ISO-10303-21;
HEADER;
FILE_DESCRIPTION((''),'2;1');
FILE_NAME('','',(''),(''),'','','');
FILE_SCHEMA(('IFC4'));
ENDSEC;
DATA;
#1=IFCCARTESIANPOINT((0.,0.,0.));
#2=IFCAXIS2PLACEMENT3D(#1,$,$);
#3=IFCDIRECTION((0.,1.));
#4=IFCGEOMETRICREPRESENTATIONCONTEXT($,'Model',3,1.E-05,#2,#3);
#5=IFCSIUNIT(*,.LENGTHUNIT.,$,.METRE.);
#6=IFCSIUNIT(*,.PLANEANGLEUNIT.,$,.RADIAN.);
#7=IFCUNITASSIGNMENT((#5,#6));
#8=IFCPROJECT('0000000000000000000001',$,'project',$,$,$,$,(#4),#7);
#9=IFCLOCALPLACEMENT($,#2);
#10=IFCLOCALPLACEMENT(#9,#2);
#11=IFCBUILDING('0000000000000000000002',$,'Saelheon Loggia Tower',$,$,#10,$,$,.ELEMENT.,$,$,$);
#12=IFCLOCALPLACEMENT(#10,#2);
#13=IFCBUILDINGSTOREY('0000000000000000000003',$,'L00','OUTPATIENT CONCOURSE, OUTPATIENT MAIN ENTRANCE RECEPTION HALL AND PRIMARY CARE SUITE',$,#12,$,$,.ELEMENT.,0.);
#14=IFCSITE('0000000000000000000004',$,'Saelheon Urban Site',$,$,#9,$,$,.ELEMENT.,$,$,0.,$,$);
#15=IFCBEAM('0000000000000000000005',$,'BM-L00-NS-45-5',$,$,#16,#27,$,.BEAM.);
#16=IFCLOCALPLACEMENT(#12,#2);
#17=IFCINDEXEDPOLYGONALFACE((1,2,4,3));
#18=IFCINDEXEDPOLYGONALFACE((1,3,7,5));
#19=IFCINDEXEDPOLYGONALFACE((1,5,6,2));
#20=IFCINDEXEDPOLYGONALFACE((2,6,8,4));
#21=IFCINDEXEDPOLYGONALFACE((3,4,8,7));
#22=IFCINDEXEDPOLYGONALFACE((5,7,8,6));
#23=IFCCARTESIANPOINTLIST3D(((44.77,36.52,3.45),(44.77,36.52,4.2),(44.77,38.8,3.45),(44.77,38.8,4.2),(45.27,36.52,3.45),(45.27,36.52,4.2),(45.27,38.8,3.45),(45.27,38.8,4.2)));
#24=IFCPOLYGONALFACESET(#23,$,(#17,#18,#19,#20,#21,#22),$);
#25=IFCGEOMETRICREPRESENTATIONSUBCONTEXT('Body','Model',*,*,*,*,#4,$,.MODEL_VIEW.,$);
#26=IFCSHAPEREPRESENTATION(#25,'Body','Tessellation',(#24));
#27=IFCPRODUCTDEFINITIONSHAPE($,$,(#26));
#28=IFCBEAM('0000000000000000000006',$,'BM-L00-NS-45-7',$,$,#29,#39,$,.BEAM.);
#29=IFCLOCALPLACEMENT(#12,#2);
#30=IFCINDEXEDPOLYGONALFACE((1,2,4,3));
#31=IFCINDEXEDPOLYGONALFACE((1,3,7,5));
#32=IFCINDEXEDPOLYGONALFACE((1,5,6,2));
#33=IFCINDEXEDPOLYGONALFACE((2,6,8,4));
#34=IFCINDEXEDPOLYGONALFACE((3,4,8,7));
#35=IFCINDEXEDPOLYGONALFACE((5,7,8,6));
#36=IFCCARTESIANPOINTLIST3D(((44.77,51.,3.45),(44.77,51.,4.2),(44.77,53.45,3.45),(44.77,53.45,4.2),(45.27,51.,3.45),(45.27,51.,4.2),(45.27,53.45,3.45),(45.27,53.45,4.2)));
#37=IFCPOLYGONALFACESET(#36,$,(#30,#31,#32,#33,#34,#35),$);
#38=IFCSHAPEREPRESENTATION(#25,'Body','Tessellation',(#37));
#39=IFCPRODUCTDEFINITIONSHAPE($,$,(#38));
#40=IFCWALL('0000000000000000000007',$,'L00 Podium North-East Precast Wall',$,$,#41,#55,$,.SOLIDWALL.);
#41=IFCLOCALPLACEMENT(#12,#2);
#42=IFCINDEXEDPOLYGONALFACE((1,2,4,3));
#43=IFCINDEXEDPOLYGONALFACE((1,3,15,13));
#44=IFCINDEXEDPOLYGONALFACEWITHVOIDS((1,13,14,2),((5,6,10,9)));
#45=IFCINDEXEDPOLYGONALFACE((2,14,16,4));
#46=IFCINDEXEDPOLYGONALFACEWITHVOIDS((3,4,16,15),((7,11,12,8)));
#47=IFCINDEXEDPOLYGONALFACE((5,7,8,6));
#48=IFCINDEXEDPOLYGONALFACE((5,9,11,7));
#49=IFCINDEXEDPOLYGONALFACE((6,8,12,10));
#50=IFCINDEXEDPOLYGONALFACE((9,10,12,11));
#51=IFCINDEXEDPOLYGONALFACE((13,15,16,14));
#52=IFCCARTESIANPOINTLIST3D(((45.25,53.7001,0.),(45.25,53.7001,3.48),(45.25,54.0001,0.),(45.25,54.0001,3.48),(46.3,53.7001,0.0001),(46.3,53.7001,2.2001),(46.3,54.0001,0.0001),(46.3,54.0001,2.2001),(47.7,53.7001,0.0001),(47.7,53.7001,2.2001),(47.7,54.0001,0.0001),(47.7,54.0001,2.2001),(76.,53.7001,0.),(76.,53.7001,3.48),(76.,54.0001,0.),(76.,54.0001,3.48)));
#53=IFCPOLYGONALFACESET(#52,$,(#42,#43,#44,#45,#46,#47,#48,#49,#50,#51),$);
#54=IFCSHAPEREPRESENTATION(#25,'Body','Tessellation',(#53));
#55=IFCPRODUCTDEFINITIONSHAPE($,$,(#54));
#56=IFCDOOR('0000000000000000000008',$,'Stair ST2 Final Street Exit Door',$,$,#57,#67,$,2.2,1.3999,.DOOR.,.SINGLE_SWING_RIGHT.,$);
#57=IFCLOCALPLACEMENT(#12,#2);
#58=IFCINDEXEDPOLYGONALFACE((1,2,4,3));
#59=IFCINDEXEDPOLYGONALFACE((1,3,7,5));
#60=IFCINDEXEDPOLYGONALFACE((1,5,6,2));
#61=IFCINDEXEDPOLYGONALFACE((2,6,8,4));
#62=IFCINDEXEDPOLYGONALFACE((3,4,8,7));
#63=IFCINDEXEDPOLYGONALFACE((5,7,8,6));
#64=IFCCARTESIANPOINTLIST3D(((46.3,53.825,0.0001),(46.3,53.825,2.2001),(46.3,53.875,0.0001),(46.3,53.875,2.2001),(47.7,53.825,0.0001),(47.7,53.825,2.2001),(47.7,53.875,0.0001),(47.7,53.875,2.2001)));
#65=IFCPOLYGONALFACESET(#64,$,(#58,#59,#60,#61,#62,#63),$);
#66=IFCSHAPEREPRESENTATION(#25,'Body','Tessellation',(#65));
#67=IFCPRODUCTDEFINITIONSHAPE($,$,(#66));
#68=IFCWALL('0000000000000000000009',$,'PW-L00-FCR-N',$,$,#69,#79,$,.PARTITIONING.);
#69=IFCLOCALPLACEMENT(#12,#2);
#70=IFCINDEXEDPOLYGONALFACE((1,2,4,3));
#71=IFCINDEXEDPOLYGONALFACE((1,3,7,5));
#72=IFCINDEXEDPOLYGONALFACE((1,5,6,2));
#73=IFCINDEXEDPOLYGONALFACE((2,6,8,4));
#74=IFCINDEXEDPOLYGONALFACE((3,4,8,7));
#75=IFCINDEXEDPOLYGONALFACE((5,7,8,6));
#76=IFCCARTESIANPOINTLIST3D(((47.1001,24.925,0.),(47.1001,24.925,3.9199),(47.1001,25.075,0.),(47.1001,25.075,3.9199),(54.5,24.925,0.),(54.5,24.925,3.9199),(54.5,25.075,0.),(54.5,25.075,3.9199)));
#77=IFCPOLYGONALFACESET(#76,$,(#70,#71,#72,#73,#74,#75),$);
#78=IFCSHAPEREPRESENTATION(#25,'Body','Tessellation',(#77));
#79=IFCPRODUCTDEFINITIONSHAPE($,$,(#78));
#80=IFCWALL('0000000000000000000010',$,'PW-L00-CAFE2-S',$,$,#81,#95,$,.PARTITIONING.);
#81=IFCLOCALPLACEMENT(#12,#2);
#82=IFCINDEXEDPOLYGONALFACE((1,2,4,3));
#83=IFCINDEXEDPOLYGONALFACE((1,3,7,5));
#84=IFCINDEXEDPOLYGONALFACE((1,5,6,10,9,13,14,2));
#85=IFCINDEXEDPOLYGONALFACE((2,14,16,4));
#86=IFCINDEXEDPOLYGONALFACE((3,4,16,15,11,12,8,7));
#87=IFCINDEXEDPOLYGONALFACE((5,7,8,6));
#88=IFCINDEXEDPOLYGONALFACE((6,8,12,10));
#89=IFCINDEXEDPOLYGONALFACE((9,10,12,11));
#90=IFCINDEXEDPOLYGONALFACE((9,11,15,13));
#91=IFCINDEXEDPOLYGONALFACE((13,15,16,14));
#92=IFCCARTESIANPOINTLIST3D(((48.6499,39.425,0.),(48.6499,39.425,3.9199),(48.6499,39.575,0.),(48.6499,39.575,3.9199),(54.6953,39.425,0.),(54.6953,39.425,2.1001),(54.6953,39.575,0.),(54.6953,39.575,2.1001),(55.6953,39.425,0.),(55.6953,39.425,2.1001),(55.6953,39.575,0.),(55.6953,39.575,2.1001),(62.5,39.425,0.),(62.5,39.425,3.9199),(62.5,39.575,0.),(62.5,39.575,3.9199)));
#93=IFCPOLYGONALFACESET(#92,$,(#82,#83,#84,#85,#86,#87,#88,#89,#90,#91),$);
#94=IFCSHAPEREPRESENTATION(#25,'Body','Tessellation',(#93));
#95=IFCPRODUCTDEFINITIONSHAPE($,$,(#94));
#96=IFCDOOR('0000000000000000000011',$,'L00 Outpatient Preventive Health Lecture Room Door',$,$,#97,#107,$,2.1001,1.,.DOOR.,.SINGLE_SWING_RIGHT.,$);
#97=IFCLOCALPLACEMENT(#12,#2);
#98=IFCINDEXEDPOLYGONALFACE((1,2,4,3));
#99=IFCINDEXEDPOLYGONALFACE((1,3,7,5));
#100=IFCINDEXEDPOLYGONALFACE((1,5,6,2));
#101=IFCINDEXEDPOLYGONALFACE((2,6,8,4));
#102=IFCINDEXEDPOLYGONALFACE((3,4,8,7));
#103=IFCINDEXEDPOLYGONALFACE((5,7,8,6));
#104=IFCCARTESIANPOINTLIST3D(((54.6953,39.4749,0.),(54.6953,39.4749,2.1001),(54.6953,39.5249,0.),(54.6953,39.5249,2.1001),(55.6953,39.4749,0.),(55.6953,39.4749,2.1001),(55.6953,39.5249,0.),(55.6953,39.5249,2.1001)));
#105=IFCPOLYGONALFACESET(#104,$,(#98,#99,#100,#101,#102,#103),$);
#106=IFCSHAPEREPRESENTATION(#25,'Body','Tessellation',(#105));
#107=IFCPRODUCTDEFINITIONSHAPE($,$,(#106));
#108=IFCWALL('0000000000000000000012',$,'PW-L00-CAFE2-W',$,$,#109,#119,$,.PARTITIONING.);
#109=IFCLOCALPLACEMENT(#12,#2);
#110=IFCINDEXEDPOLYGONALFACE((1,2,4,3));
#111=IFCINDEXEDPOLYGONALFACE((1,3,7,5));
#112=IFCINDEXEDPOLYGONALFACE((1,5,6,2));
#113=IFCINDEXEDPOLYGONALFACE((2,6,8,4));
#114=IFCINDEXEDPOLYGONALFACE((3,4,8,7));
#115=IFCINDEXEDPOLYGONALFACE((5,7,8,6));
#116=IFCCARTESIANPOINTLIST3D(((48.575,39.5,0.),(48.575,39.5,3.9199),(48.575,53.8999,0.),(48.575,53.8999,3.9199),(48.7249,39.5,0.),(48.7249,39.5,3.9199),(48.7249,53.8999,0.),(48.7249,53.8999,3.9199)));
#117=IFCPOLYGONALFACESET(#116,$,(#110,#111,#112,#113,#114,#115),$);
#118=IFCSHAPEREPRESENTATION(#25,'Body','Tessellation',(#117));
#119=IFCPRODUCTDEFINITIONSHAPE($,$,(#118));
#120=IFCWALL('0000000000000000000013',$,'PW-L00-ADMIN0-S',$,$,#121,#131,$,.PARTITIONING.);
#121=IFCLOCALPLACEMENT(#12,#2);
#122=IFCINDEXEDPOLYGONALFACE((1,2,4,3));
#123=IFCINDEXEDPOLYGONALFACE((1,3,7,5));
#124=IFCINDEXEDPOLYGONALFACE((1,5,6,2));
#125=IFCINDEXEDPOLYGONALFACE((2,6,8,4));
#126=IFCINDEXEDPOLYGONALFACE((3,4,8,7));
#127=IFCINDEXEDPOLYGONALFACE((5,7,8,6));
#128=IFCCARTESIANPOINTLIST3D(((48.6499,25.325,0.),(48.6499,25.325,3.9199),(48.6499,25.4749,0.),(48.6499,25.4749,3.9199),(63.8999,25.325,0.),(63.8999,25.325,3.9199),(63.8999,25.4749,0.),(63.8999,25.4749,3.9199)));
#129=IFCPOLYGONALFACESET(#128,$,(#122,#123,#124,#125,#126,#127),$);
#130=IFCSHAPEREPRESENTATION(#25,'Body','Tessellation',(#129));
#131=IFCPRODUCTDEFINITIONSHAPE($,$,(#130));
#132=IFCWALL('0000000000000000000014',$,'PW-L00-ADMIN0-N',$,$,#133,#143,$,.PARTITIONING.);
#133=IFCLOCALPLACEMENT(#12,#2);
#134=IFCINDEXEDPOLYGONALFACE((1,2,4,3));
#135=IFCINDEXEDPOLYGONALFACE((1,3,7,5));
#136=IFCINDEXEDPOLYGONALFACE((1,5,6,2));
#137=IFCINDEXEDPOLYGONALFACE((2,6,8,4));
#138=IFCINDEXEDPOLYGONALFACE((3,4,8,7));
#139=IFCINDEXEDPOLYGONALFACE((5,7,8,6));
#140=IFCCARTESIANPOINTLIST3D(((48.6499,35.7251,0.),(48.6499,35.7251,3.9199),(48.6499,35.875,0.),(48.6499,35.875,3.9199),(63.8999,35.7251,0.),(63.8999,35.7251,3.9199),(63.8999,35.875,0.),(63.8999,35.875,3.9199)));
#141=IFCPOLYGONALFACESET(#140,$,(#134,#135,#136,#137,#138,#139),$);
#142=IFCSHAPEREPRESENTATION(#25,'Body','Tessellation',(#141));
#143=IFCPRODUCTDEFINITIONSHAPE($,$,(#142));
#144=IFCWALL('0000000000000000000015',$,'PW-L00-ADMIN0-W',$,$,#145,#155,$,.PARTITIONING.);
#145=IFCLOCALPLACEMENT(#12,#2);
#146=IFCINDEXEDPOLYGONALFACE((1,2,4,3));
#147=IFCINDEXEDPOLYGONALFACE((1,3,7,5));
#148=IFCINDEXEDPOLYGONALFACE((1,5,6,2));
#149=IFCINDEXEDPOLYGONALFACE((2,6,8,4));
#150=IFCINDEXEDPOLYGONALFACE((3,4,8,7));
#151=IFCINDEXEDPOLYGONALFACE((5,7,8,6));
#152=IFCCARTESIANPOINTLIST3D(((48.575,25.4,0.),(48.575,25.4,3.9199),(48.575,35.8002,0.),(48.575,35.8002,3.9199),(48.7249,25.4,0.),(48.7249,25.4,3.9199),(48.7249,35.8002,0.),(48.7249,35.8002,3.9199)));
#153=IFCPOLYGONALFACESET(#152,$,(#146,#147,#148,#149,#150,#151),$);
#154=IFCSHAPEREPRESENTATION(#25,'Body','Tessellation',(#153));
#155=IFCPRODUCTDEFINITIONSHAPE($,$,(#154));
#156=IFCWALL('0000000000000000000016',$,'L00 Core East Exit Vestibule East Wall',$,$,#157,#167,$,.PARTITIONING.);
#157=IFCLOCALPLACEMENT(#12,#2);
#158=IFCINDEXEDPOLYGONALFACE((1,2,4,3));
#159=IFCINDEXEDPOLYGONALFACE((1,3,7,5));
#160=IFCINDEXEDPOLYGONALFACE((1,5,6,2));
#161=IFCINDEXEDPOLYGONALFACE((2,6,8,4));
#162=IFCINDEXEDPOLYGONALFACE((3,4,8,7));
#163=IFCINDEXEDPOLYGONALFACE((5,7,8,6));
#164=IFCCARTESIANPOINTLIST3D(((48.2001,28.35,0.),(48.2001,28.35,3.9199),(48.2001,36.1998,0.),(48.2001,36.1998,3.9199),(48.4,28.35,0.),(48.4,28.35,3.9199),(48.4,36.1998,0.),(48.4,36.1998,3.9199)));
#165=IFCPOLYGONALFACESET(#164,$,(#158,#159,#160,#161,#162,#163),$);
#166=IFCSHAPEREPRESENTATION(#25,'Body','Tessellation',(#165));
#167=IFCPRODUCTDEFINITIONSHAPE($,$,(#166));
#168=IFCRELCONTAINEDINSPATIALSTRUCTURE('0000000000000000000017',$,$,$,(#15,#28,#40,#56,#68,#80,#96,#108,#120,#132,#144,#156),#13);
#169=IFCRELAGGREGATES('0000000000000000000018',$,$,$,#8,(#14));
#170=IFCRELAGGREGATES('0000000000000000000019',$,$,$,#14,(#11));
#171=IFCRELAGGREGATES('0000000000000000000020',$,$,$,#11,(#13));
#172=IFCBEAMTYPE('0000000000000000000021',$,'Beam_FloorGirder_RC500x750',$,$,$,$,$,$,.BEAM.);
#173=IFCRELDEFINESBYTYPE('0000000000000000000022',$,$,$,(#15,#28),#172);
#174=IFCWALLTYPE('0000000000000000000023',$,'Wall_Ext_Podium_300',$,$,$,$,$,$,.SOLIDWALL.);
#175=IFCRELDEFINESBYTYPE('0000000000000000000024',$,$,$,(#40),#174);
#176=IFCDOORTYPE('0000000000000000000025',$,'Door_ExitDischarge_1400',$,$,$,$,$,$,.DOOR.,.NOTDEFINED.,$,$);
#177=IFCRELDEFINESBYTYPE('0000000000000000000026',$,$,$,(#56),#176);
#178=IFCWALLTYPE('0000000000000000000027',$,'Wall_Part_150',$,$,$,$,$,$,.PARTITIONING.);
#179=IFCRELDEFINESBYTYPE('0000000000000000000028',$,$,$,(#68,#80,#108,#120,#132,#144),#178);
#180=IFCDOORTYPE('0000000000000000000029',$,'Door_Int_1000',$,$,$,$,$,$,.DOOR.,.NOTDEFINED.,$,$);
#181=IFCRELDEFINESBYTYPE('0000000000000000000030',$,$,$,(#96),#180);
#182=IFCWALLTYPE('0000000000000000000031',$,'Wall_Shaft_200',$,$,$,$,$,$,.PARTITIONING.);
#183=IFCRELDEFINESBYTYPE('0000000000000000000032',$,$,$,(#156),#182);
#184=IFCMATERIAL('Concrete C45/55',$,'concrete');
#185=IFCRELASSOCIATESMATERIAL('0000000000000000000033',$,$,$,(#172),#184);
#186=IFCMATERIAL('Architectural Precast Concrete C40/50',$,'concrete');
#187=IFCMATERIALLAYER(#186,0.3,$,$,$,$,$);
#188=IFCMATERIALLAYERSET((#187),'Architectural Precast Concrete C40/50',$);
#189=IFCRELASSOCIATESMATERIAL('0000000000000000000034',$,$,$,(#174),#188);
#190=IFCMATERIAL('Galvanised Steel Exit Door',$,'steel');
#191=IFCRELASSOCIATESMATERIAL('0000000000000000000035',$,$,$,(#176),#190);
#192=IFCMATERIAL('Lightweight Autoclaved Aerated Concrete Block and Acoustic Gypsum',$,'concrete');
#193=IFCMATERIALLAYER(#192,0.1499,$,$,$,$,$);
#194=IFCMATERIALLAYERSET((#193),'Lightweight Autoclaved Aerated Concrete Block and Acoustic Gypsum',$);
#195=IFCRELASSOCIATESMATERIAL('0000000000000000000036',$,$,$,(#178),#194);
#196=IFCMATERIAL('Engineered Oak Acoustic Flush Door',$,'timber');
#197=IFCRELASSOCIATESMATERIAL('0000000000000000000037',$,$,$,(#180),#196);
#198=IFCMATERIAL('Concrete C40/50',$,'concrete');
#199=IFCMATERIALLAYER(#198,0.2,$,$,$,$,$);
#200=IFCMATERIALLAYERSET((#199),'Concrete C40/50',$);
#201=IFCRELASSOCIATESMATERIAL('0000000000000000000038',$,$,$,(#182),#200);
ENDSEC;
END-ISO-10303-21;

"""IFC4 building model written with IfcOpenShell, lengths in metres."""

from ifc_helpers import new_model, si_unit, direction, frame, frame_2d, origin, origin_2d, place, context, subcontext, project, spatial, rectangle, extrude, source, transform, mapped, material, layer, layer_set, material_profile, profile_set, type_object, element, fill, save


model = new_model("IFC4")

# Units and contexts
model_context = context("Model", 3, precision=1e-05, world=origin(), true_north=direction((0.0, 1.0)))
body_context = subcontext(model_context, "Body", "Model", "MODEL_VIEW")
ifc_project = project(units=[si_unit("LENGTHUNIT", "METRE"), si_unit("PLANEANGLEUNIT", "RADIAN")], contexts=[model_context])

# Site, building, storey
site_placement = place(None, origin())
site = spatial("IfcSite", under=ifc_project, at=site_placement, Name="Saelheon Urban Site", CompositionType="ELEMENT", RefElevation=0.0)
building_placement = place(site_placement, origin())
building = spatial("IfcBuilding", under=site, at=building_placement, Name="Saelheon Loggia Tower", CompositionType="ELEMENT")
storey_placement = place(building_placement, origin())
storey = spatial("IfcBuildingStorey", under=building, at=storey_placement, Name="L00", Description="OUTPATIENT CONCOURSE, OUTPATIENT MAIN ENTRANCE RECEPTION HALL AND PRIMARY CARE SUITE", CompositionType="ELEMENT", Elevation=0.0)

# Beams
ifc_material_1 = material(Name="Concrete C45/55", Category="concrete")
ifc_material_profile_1 = material_profile(ifc_material_1, rectangle(XDim=0.5, YDim=0.75, at=origin_2d()), Name="RC-500x750")
ifc_profile_set_1 = profile_set([ifc_material_profile_1], Name="Concrete C45/55")
beam_type_1 = type_object("IfcBeamType", Name="Beam_FloorGirder_RC500x750", PredefinedType="BEAM", material=ifc_profile_set_1)
shared_shape_1 = source(origin(), body_context, "Body", "SweptSolid", [
    extrude(rectangle(XDim=0.5, YDim=0.75, at=origin_2d()), origin(), (0.0, 0.0, 1.0), 2.28),
])
beam_1_placement = place(storey_placement, frame((45.02, 36.52, 3.825), z_axis=(0.0, 1.0, 0.0), x_axis=(-1.0, 0.0, 0.0)))
element("IfcBeam", 1, at=beam_1_placement, inside=storey, type_object=beam_type_1, Name="BM-L00-NS-45-5", PredefinedType="BEAM", context=body_context, shape_type="MappedRepresentation", body=[
    mapped(shared_shape_1, transform((0.0, 0.0, 0.0), scale=1.0)),
])
shared_shape_2 = source(origin(), body_context, "Body", "SweptSolid", [
    extrude(rectangle(XDim=0.5, YDim=0.75, at=origin_2d()), origin(), (0.0, 0.0, 1.0), 2.45),
])
beam_2_placement = place(storey_placement, frame((45.02, 51.0, 3.825), z_axis=(0.0, 1.0, 0.0), x_axis=(-1.0, 0.0, 0.0)))
element("IfcBeam", 2, at=beam_2_placement, inside=storey, type_object=beam_type_1, Name="BM-L00-NS-45-7", PredefinedType="BEAM", context=body_context, shape_type="MappedRepresentation", body=[
    mapped(shared_shape_2, transform((0.0, 0.0, 0.0), scale=1.0)),
])

# Wall, opening, door
ifc_material_2 = material(Name="Architectural Precast Concrete C40/50", Category="concrete")
ifc_layer_1 = layer(ifc_material_2, 0.3)
ifc_layer_set_1 = layer_set([ifc_layer_1], Name="Architectural Precast Concrete C40/50")
wall_type_1 = type_object("IfcWallType", Name="Wall_Ext_Podium_300", PredefinedType="SOLIDWALL", material=ifc_layer_set_1)
wall_1_placement = place(storey_placement, frame((45.25, 53.8501, 0.0), z_axis=(0.0, 0.0, 1.0), x_axis=(1.0, 0.0, 0.0)))
wall_1 = element("IfcWall", 3, at=wall_1_placement, inside=storey, type_object=wall_type_1, Name="L00 Podium North-East Precast Wall", PredefinedType="SOLIDWALL", context=body_context, shape_type="SweptSolid", body=[
    extrude(rectangle(XDim=30.75, YDim=0.3, at=frame_2d((15.375, 0.0))), origin(), (0.0, 0.0, 1.0), 3.48),
])
opening_1_placement = place(wall_1_placement, frame((1.05, 0.0, 0.0)))
opening_1 = element("IfcOpeningElement", 4, at=opening_1_placement, cuts=wall_1, PredefinedType="OPENING", context=body_context, shape_type="SweptSolid", body=[
    extrude(rectangle(XDim=1.3999, YDim=2.2, at=frame_2d((0.7, 1.1001))), frame((0.0, 0.1621, 0.0), z_axis=(0.0, -1.0, 0.0), x_axis=(1.0, 0.0, 0.0)), (0.0, 0.0, 1.0), 0.324),
])
ifc_material_3 = material(Name="Galvanised Steel Exit Door", Category="steel")
door_type_1 = type_object("IfcDoorType", Name="Door_ExitDischarge_1400", OperationType="NOTDEFINED", PredefinedType="DOOR", material=ifc_material_3)
shared_shape_3 = source(origin(), body_context, "Body", "SweptSolid", [
    extrude(rectangle(XDim=1.3999, YDim=2.2, at=frame_2d((0.7, 1.1001))), frame((0.0, 0.0249, 0.0), z_axis=(0.0, -1.0, 0.0), x_axis=(1.0, 0.0, 0.0)), (0.0, 0.0, 1.0), 0.05),
])
door_1_placement = place(opening_1_placement, origin())
door_1 = element("IfcDoor", 5, at=door_1_placement, inside=storey, type_object=door_type_1, Name="Stair ST2 Final Street Exit Door", OperationType="SINGLE_SWING_RIGHT", OverallHeight=2.2, OverallWidth=1.3999, PredefinedType="DOOR", context=body_context, shape_type="MappedRepresentation", body=[
    mapped(shared_shape_3, transform((0.0, 0.0, 0.0), scale=1.0)),
])
fill(opening_1, door_1)

# Wall
ifc_material_4 = material(Name="Lightweight Autoclaved Aerated Concrete Block and Acoustic Gypsum", Category="concrete")
ifc_layer_2 = layer(ifc_material_4, 0.1499)
ifc_layer_set_2 = layer_set([ifc_layer_2], Name="Lightweight Autoclaved Aerated Concrete Block and Acoustic Gypsum")
wall_type_2 = type_object("IfcWallType", Name="Wall_Part_150", PredefinedType="PARTITIONING", material=ifc_layer_set_2)
wall_2_placement = place(storey_placement, frame((47.1001, 25.0, 0.0), z_axis=(0.0, 0.0, 1.0), x_axis=(1.0, 0.0, 0.0)))
element("IfcWall", 6, at=wall_2_placement, inside=storey, type_object=wall_type_2, Name="PW-L00-FCR-N", PredefinedType="PARTITIONING", context=body_context, shape_type="SweptSolid", body=[
    extrude(rectangle(XDim=7.3999, YDim=0.1499, at=frame_2d((3.7, 0.0))), origin(), (0.0, 0.0, 1.0), 3.9199),
])

# Wall, opening, door
wall_3_placement = place(storey_placement, frame((48.6499, 39.5, 0.0), z_axis=(0.0, 0.0, 1.0), x_axis=(1.0, 0.0, 0.0)))
wall_3 = element("IfcWall", 7, at=wall_3_placement, inside=storey, type_object=wall_type_2, Name="PW-L00-CAFE2-S", PredefinedType="PARTITIONING", context=body_context, shape_type="SweptSolid", body=[
    extrude(rectangle(XDim=13.8501, YDim=0.1499, at=frame_2d((6.925, 0.0))), origin(), (0.0, 0.0, 1.0), 3.9199),
])
opening_2_placement = place(wall_3_placement, frame((6.0454, 0.0, 0.0)))
opening_2 = element("IfcOpeningElement", 8, at=opening_2_placement, cuts=wall_3, PredefinedType="OPENING", context=body_context, shape_type="SweptSolid", body=[
    extrude(rectangle(XDim=1.0, YDim=2.1001, at=frame_2d((0.5, 1.05))), frame((0.0, 0.0869, 0.0), z_axis=(0.0, -1.0, 0.0), x_axis=(1.0, 0.0, 0.0)), (0.0, 0.0, 1.0), 0.1738),
])
ifc_material_5 = material(Name="Engineered Oak Acoustic Flush Door", Category="timber")
door_type_2 = type_object("IfcDoorType", Name="Door_Int_1000", OperationType="NOTDEFINED", PredefinedType="DOOR", material=ifc_material_5)
shared_shape_4 = source(origin(), body_context, "Body", "SweptSolid", [
    extrude(rectangle(XDim=1.0, YDim=2.1001, at=frame_2d((0.5, 1.05))), frame((0.0, 0.0249, 0.0), z_axis=(0.0, -1.0, 0.0), x_axis=(1.0, 0.0, 0.0)), (0.0, 0.0, 1.0), 0.05),
])
door_2_placement = place(opening_2_placement, origin())
door_2 = element("IfcDoor", 9, at=door_2_placement, inside=storey, type_object=door_type_2, Name="L00 Outpatient Preventive Health Lecture Room Door", OperationType="SINGLE_SWING_RIGHT", OverallHeight=2.1001, OverallWidth=1.0, PredefinedType="DOOR", context=body_context, shape_type="MappedRepresentation", body=[
    mapped(shared_shape_4, transform((0.0, 0.0, 0.0), scale=1.0)),
])
fill(opening_2, door_2)

# Walls
wall_4_placement = place(storey_placement, frame((48.6499, 39.5, 0.0), z_axis=(0.0, 0.0, 1.0), x_axis=(0.0, 1.0, 0.0)))
element("IfcWall", 10, at=wall_4_placement, inside=storey, type_object=wall_type_2, Name="PW-L00-CAFE2-W", PredefinedType="PARTITIONING", context=body_context, shape_type="SweptSolid", body=[
    extrude(rectangle(XDim=14.3999, YDim=0.1499, at=frame_2d((7.2, 0.0))), origin(), (0.0, 0.0, 1.0), 3.9199),
])
for number, where, z_axis, x_axis, name in (
    (11, (48.6499, 25.3999, 0.0), (0.0, 0.0, 1.0), (1.0, 0.0, 0.0), "PW-L00-ADMIN0-S"),
    (12, (48.6499, 35.8, 0.0), (0.0, 0.0, 1.0), (1.0, 0.0, 0.0), "PW-L00-ADMIN0-N"),
):
    element("IfcWall", number, at=place(storey_placement, frame(where, z_axis=z_axis, x_axis=x_axis)), inside=storey, type_object=wall_type_2, Name=name, PredefinedType="PARTITIONING", context=body_context, shape_type="SweptSolid", body=[
        extrude(rectangle(XDim=15.25, YDim=0.1499, at=frame_2d((7.625, 0.0))), origin(), (0.0, 0.0, 1.0), 3.9199),
    ])
wall_5_placement = place(storey_placement, frame((48.6499, 25.3999, 0.0), z_axis=(0.0, 0.0, 1.0), x_axis=(0.0, 1.0, 0.0)))
element("IfcWall", 13, at=wall_5_placement, inside=storey, type_object=wall_type_2, Name="PW-L00-ADMIN0-W", PredefinedType="PARTITIONING", context=body_context, shape_type="SweptSolid", body=[
    extrude(rectangle(XDim=10.4001, YDim=0.1499, at=frame_2d((5.2002, 0.0))), origin(), (0.0, 0.0, 1.0), 3.9199),
])

# Shared definitions
ifc_material_6 = material(Name="Concrete C40/50", Category="concrete")
ifc_layer_3 = layer(ifc_material_6, 0.2)
ifc_layer_set_3 = layer_set([ifc_layer_3], Name="Concrete C40/50")
wall_type_3 = type_object("IfcWallType", Name="Wall_Shaft_200", PredefinedType="PARTITIONING", material=ifc_layer_set_3)

# Wall
wall_6_placement = place(storey_placement, frame((48.3, 28.3501, 0.0), z_axis=(0.0, 0.0, 1.0), x_axis=(0.0, 1.0, 0.0)))
element("IfcWall", 14, at=wall_6_placement, inside=storey, type_object=wall_type_3, Name="L00 Core East Exit Vestibule East Wall", PredefinedType="PARTITIONING", context=body_context, shape_type="SweptSolid", body=[
    extrude(rectangle(XDim=7.8499, YDim=0.2, at=frame_2d((3.9248, 0.0))), origin(), (0.0, 0.0, 1.0), 3.9199),
])

save(model, "model.ifc")
